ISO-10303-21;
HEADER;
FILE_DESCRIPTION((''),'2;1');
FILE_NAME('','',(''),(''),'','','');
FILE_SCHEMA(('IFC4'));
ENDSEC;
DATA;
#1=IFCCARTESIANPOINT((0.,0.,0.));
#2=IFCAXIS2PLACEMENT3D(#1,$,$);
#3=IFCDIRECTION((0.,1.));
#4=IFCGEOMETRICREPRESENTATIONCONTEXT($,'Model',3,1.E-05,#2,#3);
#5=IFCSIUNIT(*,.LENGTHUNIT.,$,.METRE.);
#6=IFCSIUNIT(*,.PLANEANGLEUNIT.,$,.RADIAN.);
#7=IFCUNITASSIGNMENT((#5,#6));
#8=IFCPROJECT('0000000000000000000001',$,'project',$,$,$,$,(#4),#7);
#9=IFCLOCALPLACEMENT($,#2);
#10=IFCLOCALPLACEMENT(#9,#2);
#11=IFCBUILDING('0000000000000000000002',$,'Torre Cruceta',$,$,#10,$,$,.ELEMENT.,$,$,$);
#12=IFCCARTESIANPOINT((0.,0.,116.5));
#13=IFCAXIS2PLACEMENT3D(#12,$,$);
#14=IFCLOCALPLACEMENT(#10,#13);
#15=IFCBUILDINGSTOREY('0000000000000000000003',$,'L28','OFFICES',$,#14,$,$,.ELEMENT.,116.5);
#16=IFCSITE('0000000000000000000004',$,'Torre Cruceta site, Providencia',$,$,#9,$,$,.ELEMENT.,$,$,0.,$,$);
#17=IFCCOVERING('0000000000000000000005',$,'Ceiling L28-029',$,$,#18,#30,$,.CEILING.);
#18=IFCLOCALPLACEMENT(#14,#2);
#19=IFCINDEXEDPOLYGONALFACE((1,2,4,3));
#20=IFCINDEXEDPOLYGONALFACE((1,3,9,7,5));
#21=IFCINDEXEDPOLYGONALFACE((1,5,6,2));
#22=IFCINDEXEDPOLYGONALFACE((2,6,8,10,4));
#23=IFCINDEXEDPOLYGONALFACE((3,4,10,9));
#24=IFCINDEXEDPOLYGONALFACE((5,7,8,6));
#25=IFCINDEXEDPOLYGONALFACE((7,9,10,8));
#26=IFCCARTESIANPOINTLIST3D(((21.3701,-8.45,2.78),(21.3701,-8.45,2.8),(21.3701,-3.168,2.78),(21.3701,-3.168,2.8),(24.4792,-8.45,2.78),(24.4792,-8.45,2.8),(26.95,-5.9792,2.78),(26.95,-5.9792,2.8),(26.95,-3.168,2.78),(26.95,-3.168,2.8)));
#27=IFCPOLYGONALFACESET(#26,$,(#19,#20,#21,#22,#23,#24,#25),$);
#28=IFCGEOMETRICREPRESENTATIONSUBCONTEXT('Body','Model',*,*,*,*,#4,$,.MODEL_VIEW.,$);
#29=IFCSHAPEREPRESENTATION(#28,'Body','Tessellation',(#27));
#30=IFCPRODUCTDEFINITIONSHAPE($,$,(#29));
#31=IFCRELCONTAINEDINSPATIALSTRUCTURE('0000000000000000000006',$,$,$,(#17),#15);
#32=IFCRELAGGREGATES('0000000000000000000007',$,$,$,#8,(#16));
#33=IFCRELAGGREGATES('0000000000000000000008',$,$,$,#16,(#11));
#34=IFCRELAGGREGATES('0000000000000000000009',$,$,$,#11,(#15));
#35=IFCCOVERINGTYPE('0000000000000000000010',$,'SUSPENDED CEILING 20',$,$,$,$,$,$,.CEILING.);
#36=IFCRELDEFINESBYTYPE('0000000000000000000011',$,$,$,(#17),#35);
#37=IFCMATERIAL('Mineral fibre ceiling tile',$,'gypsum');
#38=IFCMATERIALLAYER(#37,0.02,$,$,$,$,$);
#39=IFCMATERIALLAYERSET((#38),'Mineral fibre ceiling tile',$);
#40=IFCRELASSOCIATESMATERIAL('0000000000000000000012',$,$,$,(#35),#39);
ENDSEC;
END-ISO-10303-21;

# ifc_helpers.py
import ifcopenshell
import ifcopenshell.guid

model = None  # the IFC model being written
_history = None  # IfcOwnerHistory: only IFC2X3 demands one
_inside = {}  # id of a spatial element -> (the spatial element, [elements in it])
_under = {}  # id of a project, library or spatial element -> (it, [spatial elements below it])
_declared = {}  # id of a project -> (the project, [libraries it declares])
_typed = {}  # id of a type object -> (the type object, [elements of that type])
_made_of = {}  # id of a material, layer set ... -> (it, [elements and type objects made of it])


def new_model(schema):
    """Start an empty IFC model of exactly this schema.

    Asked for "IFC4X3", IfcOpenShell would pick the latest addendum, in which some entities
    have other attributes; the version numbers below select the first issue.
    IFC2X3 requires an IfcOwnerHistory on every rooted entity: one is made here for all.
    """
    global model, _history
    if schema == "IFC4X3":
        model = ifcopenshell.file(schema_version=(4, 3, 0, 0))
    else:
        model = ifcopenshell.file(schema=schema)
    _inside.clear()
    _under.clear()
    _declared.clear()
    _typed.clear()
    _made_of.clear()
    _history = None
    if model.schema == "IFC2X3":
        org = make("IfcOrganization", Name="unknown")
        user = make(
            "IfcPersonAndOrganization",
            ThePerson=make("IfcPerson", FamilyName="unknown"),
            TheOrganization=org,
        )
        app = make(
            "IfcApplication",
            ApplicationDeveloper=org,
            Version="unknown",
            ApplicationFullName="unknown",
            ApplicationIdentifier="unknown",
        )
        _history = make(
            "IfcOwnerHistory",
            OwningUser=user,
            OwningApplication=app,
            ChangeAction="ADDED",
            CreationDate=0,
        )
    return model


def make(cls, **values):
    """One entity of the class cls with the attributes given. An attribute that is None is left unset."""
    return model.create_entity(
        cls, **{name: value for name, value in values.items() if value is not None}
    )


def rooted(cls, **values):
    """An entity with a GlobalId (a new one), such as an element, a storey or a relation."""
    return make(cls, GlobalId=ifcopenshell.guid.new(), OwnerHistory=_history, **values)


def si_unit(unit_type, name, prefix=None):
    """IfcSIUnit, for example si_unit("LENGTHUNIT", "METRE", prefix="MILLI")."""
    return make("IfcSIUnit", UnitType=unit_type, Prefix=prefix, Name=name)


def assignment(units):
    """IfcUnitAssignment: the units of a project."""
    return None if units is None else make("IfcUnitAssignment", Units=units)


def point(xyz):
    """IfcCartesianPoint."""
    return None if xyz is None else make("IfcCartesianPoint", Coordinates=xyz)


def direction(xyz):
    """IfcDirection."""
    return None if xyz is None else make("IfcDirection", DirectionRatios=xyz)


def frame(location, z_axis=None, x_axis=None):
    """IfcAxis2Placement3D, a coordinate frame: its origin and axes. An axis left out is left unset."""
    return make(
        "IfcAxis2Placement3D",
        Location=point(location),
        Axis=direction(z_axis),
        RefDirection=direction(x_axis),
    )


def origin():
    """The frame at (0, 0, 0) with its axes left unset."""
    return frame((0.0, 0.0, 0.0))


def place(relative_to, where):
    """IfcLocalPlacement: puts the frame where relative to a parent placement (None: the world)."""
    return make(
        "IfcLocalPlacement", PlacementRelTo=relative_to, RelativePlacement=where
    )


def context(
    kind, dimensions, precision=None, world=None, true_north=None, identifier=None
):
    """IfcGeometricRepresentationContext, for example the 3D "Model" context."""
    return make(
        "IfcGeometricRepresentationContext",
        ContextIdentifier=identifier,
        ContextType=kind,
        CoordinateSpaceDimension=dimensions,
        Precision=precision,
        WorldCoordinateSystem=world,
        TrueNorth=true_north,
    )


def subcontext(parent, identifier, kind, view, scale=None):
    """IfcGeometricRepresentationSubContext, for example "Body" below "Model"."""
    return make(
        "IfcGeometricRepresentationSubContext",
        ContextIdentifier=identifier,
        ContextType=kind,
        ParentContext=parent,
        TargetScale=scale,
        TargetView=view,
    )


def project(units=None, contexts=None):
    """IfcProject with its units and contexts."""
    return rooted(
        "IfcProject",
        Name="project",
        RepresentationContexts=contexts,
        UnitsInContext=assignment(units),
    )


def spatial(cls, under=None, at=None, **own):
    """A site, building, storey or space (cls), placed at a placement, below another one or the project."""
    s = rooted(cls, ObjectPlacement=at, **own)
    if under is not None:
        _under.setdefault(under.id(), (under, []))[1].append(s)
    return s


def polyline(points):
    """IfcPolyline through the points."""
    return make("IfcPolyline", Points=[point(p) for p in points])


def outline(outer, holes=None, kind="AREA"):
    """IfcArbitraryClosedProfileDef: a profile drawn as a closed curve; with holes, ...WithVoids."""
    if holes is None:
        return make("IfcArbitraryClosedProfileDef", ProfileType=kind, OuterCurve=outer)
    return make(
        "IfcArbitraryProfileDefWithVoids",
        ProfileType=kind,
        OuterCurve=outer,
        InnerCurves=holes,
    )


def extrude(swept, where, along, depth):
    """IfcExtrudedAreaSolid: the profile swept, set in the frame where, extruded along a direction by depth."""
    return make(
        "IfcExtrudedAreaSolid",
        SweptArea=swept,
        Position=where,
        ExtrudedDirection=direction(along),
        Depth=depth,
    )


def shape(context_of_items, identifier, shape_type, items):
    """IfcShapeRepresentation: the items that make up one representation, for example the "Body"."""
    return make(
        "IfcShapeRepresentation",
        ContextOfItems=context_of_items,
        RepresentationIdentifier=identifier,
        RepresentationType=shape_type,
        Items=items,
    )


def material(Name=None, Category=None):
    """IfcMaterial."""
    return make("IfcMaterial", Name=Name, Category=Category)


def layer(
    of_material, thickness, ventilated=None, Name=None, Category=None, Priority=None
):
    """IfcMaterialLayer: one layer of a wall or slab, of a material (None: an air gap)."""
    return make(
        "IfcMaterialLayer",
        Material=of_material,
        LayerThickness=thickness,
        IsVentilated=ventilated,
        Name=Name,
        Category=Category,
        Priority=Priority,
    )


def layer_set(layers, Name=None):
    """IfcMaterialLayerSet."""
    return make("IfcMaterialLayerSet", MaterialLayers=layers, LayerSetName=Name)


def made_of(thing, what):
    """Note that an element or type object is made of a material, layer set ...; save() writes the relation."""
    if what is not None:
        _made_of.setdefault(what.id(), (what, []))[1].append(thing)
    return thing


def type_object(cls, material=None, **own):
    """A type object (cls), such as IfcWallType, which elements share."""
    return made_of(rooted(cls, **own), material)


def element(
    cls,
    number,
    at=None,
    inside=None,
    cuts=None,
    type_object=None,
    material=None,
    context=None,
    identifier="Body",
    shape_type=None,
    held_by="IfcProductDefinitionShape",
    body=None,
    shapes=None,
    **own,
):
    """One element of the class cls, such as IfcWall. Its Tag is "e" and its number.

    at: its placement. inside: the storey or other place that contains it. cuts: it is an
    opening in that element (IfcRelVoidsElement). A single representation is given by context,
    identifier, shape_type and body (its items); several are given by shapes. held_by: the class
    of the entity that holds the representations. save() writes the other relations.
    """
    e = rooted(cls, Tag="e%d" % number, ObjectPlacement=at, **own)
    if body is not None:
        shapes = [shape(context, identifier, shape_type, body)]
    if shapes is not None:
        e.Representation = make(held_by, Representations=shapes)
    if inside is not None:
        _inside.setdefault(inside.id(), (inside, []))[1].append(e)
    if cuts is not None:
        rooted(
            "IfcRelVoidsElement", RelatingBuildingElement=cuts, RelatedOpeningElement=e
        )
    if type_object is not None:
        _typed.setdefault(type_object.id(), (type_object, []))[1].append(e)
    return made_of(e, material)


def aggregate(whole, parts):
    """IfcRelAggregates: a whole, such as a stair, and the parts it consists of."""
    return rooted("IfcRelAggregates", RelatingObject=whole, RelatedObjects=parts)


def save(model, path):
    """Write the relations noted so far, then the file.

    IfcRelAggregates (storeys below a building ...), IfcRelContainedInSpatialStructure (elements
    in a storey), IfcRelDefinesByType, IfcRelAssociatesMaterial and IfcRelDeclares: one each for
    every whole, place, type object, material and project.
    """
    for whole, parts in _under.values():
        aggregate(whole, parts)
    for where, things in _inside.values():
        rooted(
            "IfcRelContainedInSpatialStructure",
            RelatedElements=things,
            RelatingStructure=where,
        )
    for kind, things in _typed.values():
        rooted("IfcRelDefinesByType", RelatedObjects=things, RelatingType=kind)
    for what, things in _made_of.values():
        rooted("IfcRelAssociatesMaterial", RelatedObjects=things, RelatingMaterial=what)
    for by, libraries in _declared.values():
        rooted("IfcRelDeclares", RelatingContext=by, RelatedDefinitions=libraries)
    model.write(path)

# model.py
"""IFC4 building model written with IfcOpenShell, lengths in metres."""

from ifc_helpers import new_model, si_unit, direction, frame, origin, place, context, subcontext, project, spatial, polyline, outline, extrude, material, layer, layer_set, type_object, element, save


model = new_model("IFC4")

# Units and contexts
model_context = context("Model", 3, precision=1e-05, world=origin(), true_north=direction((0.0, 1.0)))
body_context = subcontext(model_context, "Body", "Model", "MODEL_VIEW")
ifc_project = project(units=[si_unit("LENGTHUNIT", "METRE"), si_unit("PLANEANGLEUNIT", "RADIAN")], contexts=[model_context])

# Site, building, storey
site_placement = place(None, origin())
site = spatial("IfcSite", under=ifc_project, at=site_placement, Name="Torre Cruceta site, Providencia", CompositionType="ELEMENT", RefElevation=0.0)
building_placement = place(site_placement, origin())
building = spatial("IfcBuilding", under=site, at=building_placement, Name="Torre Cruceta", CompositionType="ELEMENT")
storey_placement = place(building_placement, frame((0.0, 0.0, 116.5)))
storey = spatial("IfcBuildingStorey", under=building, at=storey_placement, Name="L28", Description="OFFICES", CompositionType="ELEMENT", Elevation=116.5)

# Covering
ifc_material_1 = material(Name="Mineral fibre ceiling tile", Category="gypsum")
ifc_layer_1 = layer(ifc_material_1, 0.02)
ifc_layer_set_1 = layer_set([ifc_layer_1], Name="Mineral fibre ceiling tile")
covering_type_1 = type_object("IfcCoveringType", Name="SUSPENDED CEILING 20", PredefinedType="CEILING", material=ifc_layer_set_1)
covering_1_placement = place(storey_placement, frame((0.0, 0.0, 2.78)))
element("IfcCovering", 1, at=covering_1_placement, inside=storey, type_object=covering_type_1, Name="Ceiling L28-029", PredefinedType="CEILING", context=body_context, shape_type="SweptSolid", body=[
    extrude(outline(polyline([(24.4792, -8.45), (21.3701, -8.45), (21.3701, -3.168), (26.95, -3.168), (26.95, -5.9792), (24.4792, -8.45)])), origin(), (0.0, 0.0, 1.0), 0.02),
])

save(model, "model.ifc")
